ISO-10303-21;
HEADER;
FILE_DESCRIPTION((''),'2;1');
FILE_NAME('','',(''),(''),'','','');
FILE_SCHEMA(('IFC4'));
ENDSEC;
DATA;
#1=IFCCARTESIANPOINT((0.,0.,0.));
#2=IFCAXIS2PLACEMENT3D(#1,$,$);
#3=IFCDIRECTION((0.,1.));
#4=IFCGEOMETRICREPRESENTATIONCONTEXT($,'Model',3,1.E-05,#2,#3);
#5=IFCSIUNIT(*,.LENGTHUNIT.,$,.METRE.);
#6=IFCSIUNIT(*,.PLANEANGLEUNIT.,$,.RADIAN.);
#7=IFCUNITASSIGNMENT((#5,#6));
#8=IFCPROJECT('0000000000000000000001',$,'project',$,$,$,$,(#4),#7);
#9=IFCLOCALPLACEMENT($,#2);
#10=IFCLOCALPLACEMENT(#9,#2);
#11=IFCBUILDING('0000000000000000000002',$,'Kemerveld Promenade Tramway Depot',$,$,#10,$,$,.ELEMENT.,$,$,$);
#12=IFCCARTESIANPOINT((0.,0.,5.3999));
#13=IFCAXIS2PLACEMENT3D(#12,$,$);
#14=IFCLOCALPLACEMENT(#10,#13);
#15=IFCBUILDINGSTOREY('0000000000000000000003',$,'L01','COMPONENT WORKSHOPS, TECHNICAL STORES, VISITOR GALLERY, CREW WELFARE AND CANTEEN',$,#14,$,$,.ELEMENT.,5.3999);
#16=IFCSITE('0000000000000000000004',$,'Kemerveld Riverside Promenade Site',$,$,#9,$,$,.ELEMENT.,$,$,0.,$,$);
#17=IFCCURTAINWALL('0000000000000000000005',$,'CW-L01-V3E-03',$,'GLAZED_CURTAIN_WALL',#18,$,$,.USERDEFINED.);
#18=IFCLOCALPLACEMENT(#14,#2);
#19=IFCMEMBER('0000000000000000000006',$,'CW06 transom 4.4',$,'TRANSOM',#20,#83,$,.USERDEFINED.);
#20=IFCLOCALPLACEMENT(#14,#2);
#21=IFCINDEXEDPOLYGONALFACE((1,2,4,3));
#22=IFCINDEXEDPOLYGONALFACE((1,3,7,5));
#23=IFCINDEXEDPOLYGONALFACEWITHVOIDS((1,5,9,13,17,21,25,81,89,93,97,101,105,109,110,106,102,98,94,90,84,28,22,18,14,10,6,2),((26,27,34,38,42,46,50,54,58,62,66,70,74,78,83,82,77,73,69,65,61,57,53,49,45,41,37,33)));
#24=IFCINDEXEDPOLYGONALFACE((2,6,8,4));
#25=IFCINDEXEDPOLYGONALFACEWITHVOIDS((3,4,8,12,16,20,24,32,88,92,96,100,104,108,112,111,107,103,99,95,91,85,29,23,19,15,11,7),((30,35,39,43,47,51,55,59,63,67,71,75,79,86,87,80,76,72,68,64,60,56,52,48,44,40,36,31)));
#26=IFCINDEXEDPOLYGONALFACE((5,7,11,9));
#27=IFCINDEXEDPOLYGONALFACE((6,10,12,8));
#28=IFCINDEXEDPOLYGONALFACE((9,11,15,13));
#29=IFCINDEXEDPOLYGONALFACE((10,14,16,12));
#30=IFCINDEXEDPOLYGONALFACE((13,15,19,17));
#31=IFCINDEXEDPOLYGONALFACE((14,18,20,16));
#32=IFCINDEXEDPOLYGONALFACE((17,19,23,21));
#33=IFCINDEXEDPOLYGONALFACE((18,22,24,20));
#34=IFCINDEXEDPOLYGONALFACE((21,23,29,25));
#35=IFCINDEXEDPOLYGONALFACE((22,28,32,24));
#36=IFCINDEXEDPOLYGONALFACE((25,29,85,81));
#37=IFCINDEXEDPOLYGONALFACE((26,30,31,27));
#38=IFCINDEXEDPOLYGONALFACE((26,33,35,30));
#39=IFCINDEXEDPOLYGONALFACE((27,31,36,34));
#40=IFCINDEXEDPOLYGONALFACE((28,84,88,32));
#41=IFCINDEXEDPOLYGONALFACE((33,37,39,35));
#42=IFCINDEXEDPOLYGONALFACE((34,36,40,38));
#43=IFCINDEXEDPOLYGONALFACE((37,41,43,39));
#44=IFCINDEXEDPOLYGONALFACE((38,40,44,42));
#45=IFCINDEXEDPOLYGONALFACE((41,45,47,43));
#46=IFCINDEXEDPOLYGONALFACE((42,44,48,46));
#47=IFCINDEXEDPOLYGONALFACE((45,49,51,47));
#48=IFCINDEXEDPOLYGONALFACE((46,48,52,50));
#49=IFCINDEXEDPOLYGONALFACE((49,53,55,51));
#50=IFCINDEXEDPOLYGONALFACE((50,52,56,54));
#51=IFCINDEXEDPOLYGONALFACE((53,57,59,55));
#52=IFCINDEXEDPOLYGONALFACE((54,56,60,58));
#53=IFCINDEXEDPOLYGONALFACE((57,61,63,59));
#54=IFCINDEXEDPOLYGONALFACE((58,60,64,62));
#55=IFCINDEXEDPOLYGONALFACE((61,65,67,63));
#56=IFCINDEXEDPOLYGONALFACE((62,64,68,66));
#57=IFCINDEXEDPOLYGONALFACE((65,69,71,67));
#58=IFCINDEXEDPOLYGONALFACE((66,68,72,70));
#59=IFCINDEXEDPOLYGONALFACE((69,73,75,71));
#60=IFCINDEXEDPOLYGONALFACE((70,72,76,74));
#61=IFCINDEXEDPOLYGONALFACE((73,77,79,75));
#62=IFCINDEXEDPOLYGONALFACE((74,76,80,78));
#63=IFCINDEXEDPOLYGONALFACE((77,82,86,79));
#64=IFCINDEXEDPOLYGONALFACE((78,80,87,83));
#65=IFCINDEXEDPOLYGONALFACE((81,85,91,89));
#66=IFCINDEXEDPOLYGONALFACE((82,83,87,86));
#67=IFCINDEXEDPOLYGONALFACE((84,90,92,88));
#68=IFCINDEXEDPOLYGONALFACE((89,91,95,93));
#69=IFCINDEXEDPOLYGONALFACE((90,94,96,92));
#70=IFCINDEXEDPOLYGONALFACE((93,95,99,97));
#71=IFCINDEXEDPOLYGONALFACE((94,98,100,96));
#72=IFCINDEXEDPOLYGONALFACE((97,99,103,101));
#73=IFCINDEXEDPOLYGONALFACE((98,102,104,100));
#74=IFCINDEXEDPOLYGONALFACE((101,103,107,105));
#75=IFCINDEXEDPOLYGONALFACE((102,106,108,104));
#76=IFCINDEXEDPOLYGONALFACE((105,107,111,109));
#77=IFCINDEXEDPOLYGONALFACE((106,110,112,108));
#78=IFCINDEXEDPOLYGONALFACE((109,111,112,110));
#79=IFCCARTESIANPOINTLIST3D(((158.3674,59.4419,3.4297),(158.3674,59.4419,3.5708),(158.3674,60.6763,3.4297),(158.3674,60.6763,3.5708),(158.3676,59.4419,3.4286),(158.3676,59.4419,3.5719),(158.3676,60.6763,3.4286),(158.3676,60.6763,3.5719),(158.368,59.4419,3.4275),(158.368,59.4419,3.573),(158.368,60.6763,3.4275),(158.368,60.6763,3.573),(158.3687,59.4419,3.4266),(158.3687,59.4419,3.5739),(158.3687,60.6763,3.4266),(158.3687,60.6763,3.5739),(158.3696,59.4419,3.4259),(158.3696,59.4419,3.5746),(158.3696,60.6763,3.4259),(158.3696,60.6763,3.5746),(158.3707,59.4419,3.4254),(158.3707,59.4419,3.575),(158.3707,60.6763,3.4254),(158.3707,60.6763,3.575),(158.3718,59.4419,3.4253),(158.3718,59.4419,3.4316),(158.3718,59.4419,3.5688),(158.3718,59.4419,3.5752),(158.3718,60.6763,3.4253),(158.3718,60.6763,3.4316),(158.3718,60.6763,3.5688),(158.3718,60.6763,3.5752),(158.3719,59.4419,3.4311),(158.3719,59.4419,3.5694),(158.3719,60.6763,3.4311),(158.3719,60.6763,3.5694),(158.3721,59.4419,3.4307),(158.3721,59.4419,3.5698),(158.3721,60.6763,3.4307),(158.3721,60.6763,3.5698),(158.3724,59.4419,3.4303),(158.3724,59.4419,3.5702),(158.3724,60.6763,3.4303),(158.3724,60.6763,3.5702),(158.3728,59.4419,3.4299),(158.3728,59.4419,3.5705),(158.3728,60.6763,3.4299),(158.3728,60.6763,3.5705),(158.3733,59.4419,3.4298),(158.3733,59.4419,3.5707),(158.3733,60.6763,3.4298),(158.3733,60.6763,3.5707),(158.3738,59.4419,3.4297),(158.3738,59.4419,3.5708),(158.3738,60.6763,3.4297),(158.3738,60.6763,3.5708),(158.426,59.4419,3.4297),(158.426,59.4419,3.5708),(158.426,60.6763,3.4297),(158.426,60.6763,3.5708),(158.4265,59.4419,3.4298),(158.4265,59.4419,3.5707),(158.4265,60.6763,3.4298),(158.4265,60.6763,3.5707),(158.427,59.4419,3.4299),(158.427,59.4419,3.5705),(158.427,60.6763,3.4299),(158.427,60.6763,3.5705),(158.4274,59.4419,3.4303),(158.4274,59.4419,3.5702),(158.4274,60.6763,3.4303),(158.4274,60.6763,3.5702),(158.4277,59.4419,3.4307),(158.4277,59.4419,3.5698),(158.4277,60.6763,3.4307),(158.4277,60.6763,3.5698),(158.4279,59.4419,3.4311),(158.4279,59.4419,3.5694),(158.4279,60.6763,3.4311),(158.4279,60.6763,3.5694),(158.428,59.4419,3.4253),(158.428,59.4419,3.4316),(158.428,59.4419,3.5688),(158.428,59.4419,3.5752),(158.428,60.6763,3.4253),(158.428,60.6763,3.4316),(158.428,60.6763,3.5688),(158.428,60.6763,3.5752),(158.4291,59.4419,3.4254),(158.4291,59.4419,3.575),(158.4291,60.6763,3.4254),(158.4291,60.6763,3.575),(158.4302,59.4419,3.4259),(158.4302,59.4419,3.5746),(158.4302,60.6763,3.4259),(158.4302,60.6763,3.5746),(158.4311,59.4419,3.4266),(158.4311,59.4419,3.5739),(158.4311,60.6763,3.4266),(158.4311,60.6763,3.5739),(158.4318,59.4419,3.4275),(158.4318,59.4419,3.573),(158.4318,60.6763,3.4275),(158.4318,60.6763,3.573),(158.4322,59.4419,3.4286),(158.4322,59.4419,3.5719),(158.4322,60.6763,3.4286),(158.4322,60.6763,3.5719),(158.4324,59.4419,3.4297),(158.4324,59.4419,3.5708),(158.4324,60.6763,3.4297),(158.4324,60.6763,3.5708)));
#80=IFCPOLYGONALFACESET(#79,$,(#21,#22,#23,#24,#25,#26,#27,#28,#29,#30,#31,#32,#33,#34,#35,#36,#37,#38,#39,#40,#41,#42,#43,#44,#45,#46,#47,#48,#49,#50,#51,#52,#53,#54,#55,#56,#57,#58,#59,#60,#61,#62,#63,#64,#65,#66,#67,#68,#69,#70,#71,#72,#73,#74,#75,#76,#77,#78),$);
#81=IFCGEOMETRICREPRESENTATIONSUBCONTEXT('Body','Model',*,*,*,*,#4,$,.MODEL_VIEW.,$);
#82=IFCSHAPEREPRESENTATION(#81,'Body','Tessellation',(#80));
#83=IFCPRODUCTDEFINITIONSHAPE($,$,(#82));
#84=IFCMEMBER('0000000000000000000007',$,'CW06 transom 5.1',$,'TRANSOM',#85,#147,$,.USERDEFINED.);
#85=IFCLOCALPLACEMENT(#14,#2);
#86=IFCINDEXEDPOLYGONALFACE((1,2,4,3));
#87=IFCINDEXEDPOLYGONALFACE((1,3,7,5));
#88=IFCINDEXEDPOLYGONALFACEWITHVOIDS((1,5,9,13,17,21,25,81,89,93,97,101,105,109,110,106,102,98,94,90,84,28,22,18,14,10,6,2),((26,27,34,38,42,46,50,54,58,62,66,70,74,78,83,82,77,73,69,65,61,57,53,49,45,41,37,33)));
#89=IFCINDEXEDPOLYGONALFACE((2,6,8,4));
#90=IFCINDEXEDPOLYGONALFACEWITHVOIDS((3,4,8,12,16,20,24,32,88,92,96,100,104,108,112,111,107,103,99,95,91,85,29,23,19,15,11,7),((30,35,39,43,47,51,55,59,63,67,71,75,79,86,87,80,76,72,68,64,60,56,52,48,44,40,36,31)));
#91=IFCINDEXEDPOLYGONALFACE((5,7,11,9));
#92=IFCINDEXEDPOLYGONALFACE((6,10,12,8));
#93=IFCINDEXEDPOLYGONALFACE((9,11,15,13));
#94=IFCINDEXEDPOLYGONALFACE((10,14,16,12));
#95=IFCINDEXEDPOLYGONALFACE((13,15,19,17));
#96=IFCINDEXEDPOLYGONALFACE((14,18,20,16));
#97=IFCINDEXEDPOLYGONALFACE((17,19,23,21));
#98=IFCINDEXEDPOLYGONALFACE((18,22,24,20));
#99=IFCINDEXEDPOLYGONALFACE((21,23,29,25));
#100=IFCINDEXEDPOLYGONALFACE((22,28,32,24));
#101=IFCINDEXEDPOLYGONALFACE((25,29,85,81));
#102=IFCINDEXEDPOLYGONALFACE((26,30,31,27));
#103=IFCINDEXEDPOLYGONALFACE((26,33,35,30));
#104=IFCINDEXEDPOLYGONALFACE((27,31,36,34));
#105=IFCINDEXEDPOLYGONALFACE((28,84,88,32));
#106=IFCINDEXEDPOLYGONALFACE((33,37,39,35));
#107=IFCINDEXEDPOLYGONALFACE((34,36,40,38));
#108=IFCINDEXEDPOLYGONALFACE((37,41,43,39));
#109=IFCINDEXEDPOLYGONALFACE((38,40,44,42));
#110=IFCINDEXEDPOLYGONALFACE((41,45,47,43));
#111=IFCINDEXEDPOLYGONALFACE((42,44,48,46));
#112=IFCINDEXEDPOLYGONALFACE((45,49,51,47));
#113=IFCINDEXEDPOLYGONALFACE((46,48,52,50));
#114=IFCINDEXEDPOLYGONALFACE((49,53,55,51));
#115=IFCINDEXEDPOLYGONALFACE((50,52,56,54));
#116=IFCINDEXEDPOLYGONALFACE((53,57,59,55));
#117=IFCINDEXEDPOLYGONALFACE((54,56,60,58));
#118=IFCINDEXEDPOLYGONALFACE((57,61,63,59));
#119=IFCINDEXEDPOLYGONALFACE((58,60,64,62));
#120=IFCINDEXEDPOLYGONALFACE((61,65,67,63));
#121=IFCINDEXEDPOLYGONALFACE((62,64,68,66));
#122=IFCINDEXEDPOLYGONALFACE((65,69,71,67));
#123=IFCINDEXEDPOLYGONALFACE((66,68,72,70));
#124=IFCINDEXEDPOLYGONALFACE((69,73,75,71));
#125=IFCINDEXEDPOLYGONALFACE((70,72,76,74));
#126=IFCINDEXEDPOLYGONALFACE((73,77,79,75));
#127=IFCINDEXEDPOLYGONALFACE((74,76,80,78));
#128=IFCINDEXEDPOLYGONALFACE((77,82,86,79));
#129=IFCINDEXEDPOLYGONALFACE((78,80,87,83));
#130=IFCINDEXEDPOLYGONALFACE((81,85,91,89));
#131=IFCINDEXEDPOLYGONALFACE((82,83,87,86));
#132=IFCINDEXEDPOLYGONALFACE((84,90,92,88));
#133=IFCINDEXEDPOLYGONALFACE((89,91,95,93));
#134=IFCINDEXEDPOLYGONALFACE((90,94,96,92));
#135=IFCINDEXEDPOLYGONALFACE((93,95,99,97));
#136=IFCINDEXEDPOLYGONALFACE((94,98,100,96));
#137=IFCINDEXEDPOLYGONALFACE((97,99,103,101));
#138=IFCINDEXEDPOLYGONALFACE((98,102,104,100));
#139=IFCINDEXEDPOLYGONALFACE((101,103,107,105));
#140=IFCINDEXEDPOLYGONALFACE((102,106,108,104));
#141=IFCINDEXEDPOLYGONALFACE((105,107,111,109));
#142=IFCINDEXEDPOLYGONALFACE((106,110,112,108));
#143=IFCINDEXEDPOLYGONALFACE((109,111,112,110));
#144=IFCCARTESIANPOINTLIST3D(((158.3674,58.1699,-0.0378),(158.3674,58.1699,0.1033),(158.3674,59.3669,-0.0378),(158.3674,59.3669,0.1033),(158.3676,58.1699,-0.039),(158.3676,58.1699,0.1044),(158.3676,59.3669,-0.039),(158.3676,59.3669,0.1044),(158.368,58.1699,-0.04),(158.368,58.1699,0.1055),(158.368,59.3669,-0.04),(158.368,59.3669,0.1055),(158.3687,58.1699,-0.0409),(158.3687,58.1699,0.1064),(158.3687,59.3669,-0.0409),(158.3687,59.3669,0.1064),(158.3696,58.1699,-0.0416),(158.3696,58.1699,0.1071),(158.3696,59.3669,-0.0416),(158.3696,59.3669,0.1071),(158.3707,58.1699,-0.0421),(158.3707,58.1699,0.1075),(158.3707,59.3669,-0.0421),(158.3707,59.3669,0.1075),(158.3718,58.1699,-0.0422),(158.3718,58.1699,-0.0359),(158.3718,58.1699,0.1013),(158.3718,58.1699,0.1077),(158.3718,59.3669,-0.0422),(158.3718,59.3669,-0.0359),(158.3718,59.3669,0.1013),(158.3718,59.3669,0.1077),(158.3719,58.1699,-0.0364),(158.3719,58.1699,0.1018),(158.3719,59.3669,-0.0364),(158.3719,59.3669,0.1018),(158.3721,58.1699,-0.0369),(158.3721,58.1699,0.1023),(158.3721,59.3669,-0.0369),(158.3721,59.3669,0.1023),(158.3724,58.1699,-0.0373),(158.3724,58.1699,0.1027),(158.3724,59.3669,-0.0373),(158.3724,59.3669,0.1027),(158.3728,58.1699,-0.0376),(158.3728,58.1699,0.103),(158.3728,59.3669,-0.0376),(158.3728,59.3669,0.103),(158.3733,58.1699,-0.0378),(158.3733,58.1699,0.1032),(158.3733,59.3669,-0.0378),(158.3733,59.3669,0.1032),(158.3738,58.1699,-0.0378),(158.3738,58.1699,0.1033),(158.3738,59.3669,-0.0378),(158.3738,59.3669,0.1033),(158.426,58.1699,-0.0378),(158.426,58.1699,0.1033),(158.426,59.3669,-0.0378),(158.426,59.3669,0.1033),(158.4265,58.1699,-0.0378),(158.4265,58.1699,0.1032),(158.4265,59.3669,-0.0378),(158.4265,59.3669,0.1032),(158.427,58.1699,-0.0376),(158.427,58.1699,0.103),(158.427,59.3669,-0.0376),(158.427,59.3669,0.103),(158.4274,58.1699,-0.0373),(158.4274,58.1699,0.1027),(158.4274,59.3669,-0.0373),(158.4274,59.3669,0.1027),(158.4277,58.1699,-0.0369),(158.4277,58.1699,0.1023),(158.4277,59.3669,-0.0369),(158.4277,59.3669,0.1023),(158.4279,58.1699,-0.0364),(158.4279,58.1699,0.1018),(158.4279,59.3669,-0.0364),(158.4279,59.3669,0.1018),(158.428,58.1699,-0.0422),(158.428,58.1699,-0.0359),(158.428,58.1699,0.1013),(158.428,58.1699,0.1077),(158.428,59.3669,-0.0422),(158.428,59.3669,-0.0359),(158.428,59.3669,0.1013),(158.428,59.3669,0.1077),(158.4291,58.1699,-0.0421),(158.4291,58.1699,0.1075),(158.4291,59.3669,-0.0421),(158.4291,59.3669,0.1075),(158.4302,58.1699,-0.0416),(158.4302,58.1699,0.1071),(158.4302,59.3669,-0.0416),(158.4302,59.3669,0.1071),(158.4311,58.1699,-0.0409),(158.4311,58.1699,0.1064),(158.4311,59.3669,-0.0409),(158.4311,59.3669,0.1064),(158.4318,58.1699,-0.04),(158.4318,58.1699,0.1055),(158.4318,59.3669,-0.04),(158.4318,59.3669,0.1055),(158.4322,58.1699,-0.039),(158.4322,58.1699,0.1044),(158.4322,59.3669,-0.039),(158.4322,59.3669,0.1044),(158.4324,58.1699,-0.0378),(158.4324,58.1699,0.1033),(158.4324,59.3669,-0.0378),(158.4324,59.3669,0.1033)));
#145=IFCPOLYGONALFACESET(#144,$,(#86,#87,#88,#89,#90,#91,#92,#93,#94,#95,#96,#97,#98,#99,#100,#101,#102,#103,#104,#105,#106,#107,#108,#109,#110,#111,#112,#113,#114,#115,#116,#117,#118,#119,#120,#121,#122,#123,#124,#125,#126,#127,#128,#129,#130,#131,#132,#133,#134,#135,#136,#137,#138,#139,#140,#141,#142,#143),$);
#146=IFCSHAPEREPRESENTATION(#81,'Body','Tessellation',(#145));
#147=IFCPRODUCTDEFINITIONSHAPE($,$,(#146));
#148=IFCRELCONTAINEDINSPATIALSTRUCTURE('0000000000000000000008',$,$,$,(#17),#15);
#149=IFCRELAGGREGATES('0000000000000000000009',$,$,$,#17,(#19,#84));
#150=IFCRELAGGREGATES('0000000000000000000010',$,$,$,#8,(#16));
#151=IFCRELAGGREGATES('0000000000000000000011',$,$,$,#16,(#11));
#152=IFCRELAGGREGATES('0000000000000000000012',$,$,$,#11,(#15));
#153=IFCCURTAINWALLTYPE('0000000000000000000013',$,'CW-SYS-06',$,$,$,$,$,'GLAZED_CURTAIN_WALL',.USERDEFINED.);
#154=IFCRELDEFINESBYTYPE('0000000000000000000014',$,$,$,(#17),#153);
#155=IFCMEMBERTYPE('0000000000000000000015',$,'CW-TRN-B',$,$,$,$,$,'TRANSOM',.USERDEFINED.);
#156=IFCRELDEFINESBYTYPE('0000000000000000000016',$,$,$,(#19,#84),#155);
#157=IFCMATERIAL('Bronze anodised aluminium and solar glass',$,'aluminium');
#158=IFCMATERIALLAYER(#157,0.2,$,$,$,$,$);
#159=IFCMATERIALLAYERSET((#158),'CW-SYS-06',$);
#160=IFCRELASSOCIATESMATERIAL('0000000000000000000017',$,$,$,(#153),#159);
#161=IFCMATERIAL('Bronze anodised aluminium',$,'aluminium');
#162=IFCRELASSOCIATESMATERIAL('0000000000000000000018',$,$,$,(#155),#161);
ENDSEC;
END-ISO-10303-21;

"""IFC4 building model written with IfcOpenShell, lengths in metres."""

from ifc_helpers import new_model, si_unit, direction, frame, origin, origin_2d, place, context, subcontext, project, spatial, hollow_rectangle, extrude, material, layer, layer_set, material_profile, profile_set, type_object, element, aggregate, save


model = new_model("IFC4")

# Units and contexts
model_context = context("Model", 3, precision=1e-05, world=origin(), true_north=direction((0.0, 1.0)))
body_context = subcontext(model_context, "Body", "Model", "MODEL_VIEW")
ifc_project = project(units=[si_unit("LENGTHUNIT", "METRE"), si_unit("PLANEANGLEUNIT", "RADIAN")], contexts=[model_context])

# Site, building, storey
site_placement = place(None, origin())
site = spatial("IfcSite", under=ifc_project, at=site_placement, Name="Kemerveld Riverside Promenade Site", CompositionType="ELEMENT", RefElevation=0.0)
building_placement = place(site_placement, origin())
building = spatial("IfcBuilding", under=site, at=building_placement, Name="Kemerveld Promenade Tramway Depot", CompositionType="ELEMENT")
storey_placement = place(building_placement, frame((0.0, 0.0, 5.3999)))
storey = spatial("IfcBuildingStorey", under=building, at=storey_placement, Name="L01", Description="COMPONENT WORKSHOPS, TECHNICAL STORES, VISITOR GALLERY, CREW WELFARE AND CANTEEN", CompositionType="ELEMENT", Elevation=5.3999)

# Curtain wall
ifc_material_1 = material(Name="Bronze anodised aluminium and solar glass", Category="aluminium")
ifc_layer_1 = layer(ifc_material_1, 0.2)
ifc_layer_set_1 = layer_set([ifc_layer_1], Name="CW-SYS-06")
curtain_wall_type_1 = type_object("IfcCurtainWallType", Name="CW-SYS-06", ElementType="GLAZED_CURTAIN_WALL", PredefinedType="USERDEFINED", material=ifc_layer_set_1)
curtain_wall_1_placement = place(storey_placement, origin())
curtain_wall_1 = element("IfcCurtainWall", 1, at=curtain_wall_1_placement, inside=storey, type_object=curtain_wall_type_1, Name="CW-L01-V3E-03", ObjectType="GLAZED_CURTAIN_WALL", PredefinedType="USERDEFINED")
ifc_material_2 = material(Name="Bronze anodised aluminium", Category="aluminium")

# Members
ifc_material_profile_1 = material_profile(ifc_material_2, hollow_rectangle(XDim=0.0649, YDim=0.1499, WallThickness=0.0044, InnerFilletRadius=0.002, OuterFilletRadius=0.0044, at=origin_2d()), Name="CW-TRN-150x65")
ifc_profile_set_1 = profile_set([ifc_material_profile_1], Name="Bronze anodised aluminium")
member_type_1 = type_object("IfcMemberType", Name="CW-TRN-B", ElementType="TRANSOM", PredefinedType="USERDEFINED", material=ifc_profile_set_1)
member_1_placement = place(storey_placement, frame((158.3999, 60.6763, 3.5002), z_axis=(0.0, -1.0, 0.0), x_axis=(1.0, 0.0, 0.0)))
member_1 = element("IfcMember", 2, at=member_1_placement, type_object=member_type_1, Name="CW06 transom 4.4", ObjectType="TRANSOM", PredefinedType="USERDEFINED", context=body_context, shape_type="SweptSolid", body=[
    extrude(hollow_rectangle(XDim=0.0649, YDim=0.1499, WallThickness=0.0044, InnerFilletRadius=0.002, OuterFilletRadius=0.0044, at=origin_2d()), origin(), (0.0, 0.0, 1.0), 1.2344),
])
member_2_placement = place(storey_placement, frame((158.3999, 59.3669, 0.0327), z_axis=(0.0, -1.0, 0.0), x_axis=(1.0, 0.0, 0.0)))
member_2 = element("IfcMember", 3, at=member_2_placement, type_object=member_type_1, Name="CW06 transom 5.1", ObjectType="TRANSOM", PredefinedType="USERDEFINED", context=body_context, shape_type="SweptSolid", body=[
    extrude(hollow_rectangle(XDim=0.0649, YDim=0.1499, WallThickness=0.0044, InnerFilletRadius=0.002, OuterFilletRadius=0.0044, at=origin_2d()), origin(), (0.0, 0.0, 1.0), 1.197),
])

aggregate(curtain_wall_1, [member_1, member_2])

save(model, "model.ifc")
